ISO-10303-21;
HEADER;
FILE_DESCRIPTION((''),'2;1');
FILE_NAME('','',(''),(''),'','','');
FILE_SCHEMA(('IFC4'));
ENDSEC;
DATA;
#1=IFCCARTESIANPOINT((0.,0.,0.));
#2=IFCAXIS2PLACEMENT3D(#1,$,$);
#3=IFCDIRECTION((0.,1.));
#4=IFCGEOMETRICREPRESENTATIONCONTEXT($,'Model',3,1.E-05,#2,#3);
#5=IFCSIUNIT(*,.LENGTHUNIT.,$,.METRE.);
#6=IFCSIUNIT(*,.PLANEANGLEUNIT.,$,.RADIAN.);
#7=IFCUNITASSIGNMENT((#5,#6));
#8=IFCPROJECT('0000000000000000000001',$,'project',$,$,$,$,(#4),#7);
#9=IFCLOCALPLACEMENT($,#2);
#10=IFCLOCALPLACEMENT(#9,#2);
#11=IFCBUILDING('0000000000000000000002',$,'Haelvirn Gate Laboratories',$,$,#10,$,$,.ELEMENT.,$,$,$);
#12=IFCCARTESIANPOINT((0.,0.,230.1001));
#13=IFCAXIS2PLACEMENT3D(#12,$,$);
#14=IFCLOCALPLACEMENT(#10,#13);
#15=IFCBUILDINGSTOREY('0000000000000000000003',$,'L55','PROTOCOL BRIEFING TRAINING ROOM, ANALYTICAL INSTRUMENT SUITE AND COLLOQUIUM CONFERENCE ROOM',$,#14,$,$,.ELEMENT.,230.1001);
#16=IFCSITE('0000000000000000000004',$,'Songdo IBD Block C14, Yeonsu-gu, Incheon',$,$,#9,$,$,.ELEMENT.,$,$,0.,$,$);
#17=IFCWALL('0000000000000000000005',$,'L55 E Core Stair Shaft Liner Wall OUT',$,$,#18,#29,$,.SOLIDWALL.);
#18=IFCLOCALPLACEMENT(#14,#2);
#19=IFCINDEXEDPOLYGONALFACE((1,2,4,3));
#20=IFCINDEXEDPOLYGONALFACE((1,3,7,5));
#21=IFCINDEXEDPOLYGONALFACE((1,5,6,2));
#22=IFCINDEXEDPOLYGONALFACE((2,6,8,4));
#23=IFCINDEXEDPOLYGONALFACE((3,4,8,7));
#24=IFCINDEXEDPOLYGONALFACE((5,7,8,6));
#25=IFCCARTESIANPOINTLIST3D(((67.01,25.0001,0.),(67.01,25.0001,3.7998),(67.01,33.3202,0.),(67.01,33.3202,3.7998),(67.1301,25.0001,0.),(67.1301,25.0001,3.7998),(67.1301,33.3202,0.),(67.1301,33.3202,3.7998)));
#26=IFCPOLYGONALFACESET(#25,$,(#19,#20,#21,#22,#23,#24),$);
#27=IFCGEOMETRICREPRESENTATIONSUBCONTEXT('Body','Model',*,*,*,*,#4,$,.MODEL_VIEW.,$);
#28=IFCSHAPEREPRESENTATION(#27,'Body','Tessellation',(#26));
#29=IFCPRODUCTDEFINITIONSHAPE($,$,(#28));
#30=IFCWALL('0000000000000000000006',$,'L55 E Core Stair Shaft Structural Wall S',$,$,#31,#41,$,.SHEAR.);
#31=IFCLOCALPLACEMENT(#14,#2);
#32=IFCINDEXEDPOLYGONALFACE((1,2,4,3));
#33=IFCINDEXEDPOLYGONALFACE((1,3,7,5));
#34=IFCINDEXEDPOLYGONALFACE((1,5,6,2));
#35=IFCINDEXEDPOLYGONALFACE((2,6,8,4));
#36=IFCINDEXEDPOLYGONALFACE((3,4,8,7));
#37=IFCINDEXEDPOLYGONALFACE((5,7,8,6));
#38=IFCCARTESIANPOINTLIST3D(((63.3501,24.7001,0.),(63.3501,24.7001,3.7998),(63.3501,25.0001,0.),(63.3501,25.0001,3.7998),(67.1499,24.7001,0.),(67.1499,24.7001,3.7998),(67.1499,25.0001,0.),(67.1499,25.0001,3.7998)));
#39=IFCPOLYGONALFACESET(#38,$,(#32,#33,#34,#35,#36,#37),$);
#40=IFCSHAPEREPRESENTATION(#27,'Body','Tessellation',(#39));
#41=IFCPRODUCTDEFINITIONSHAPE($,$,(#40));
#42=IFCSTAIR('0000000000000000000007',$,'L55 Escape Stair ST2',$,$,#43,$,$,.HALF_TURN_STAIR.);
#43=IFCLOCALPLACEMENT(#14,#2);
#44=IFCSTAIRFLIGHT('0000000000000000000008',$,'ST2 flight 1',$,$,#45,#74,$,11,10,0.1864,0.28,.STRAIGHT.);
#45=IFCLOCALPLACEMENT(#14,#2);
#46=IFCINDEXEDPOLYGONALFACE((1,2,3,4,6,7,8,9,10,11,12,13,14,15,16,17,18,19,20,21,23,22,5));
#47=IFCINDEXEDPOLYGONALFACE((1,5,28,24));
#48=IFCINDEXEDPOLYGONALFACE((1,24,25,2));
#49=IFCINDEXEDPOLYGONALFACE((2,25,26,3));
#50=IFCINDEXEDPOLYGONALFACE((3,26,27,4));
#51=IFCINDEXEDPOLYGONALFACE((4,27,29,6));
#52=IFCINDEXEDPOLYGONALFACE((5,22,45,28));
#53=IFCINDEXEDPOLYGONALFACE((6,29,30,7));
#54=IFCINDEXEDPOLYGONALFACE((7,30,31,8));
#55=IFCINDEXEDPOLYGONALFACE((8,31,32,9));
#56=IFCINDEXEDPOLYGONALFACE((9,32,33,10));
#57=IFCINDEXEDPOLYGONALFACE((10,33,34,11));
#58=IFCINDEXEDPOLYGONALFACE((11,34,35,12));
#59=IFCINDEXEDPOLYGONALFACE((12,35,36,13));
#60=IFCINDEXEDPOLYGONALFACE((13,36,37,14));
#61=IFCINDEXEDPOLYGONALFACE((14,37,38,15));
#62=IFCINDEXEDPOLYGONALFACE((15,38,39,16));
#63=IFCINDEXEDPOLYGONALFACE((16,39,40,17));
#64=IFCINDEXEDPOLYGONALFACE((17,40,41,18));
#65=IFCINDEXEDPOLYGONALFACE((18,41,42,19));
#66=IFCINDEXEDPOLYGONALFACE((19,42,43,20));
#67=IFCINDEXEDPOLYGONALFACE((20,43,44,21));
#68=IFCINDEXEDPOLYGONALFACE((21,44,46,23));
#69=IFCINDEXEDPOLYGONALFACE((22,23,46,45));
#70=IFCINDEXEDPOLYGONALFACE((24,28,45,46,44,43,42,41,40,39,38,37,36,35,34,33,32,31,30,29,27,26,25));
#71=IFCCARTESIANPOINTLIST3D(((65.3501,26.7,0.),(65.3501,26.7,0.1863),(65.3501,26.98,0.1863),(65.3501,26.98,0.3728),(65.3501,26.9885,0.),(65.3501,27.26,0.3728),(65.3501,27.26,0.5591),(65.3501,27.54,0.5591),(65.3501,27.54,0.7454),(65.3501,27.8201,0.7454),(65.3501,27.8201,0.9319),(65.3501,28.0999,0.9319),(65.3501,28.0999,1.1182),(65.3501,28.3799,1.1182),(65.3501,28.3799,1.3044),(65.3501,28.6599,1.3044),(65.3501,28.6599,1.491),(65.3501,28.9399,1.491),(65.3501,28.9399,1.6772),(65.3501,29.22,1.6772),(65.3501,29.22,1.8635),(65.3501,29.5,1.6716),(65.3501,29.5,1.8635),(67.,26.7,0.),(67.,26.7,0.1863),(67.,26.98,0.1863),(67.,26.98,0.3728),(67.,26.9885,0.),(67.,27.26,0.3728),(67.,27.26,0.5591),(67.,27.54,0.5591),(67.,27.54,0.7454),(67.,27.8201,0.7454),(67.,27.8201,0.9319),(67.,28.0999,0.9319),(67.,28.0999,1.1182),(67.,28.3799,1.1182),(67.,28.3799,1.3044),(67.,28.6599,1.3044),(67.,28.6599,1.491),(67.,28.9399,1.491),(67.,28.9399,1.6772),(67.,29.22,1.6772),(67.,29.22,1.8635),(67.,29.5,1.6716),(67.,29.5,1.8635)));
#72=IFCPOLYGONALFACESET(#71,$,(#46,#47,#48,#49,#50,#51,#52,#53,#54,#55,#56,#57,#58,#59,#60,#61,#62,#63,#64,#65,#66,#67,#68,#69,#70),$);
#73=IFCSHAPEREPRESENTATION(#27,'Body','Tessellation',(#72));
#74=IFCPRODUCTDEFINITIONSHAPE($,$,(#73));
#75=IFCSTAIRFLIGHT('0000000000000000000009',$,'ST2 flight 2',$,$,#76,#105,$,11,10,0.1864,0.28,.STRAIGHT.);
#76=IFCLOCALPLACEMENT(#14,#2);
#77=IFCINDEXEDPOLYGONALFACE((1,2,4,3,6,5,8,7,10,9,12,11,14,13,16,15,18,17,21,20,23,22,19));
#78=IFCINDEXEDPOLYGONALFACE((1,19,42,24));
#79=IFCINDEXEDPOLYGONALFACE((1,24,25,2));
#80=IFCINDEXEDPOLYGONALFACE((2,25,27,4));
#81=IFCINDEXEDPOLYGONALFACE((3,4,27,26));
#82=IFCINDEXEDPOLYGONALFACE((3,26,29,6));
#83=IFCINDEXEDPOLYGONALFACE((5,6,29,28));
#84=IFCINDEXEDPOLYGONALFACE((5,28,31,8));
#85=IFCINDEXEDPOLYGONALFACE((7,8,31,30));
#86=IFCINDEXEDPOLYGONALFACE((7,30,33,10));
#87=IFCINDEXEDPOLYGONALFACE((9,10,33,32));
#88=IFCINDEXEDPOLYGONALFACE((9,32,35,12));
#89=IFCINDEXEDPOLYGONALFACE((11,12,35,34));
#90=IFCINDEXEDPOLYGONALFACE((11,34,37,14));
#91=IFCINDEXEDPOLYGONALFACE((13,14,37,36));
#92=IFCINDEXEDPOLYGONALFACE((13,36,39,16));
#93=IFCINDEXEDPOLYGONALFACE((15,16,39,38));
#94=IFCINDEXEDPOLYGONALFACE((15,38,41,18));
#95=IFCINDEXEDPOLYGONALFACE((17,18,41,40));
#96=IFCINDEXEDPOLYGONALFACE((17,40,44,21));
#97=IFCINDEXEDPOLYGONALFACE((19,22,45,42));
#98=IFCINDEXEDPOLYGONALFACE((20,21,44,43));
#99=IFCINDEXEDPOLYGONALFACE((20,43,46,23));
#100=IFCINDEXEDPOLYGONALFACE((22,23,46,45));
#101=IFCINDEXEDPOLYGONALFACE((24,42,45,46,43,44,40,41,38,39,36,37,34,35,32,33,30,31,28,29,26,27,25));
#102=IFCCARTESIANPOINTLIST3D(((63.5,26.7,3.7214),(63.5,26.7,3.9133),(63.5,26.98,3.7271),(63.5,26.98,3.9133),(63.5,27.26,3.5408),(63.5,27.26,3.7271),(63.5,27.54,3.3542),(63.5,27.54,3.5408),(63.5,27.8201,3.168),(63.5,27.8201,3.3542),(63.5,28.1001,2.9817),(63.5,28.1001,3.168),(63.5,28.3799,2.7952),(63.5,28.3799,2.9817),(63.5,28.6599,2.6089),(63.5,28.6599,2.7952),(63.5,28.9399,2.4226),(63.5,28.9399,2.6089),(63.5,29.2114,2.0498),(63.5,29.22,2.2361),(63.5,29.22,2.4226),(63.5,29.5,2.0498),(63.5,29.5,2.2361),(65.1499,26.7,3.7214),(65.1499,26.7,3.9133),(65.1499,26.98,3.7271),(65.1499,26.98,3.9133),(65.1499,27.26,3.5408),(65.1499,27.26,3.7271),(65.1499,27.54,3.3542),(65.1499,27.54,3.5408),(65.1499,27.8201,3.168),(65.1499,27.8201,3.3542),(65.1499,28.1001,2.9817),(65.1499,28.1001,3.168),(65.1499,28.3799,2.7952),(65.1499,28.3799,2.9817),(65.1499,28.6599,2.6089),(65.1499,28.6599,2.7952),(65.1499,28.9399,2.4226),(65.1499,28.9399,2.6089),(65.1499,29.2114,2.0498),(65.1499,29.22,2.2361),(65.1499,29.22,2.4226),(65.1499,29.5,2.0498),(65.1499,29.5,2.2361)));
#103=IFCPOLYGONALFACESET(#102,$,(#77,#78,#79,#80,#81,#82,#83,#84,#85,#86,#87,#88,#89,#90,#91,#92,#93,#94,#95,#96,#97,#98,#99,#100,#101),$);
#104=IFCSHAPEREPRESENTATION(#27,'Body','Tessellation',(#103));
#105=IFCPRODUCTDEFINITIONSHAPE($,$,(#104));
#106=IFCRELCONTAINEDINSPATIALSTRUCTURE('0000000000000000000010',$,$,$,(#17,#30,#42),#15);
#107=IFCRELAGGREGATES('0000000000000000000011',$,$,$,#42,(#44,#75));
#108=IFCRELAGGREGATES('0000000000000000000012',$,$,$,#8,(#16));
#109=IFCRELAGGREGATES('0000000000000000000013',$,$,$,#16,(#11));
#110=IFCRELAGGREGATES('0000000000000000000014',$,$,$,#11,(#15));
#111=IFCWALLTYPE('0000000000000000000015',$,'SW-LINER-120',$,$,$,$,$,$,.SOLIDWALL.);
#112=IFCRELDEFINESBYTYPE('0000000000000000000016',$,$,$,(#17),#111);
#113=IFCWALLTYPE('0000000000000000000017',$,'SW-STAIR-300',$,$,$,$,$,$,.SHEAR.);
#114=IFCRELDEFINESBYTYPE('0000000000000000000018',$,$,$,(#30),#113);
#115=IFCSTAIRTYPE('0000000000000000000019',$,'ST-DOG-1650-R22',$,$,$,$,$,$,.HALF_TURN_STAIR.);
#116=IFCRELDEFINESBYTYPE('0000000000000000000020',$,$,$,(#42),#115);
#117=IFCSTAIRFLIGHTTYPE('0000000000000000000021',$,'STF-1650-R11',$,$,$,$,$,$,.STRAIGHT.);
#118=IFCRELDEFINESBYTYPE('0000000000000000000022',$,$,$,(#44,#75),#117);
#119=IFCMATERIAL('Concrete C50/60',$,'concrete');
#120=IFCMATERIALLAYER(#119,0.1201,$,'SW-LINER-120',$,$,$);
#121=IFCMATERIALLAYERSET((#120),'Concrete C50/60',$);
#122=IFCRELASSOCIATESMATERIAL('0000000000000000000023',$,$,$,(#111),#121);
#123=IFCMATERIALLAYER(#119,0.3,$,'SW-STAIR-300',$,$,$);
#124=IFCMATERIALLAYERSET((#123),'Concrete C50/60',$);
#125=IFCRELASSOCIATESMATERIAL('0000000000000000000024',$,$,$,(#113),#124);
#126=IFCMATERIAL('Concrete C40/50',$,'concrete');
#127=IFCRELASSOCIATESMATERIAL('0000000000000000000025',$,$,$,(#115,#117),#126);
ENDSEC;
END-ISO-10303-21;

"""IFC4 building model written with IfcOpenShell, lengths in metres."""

from ifc_helpers import new_model, si_unit, direction, frame, frame_2d, origin, place, context, subcontext, project, spatial, polyline, rectangle, outline, extrude, source, transform, mapped, material, layer, layer_set, type_object, type_shapes, element, aggregate, save


model = new_model("IFC4")

# Units and contexts
model_context = context("Model", 3, precision=1e-05, world=origin(), true_north=direction((0.0, 1.0)))
body_context = subcontext(model_context, "Body", "Model", "MODEL_VIEW")
ifc_project = project(units=[si_unit("LENGTHUNIT", "METRE"), si_unit("PLANEANGLEUNIT", "RADIAN")], contexts=[model_context])

# Site, building, storey
site_placement = place(None, origin())
site = spatial("IfcSite", under=ifc_project, at=site_placement, Name="Songdo IBD Block C14, Yeonsu-gu, Incheon", CompositionType="ELEMENT", RefElevation=0.0)
building_placement = place(site_placement, origin())
building = spatial("IfcBuilding", under=site, at=building_placement, Name="Haelvirn Gate Laboratories", CompositionType="ELEMENT")
storey_placement = place(building_placement, frame((0.0, 0.0, 230.1001)))
storey = spatial("IfcBuildingStorey", under=building, at=storey_placement, Name="L55", Description="PROTOCOL BRIEFING TRAINING ROOM, ANALYTICAL INSTRUMENT SUITE AND COLLOQUIUM CONFERENCE ROOM", CompositionType="ELEMENT", Elevation=230.1001)

# Shared definitions
ifc_material_1 = material(Name="Concrete C40/50", Category="concrete")

# Walls
ifc_material_2 = material(Name="Concrete C50/60", Category="concrete")
ifc_layer_1 = layer(ifc_material_2, 0.1201, Name="SW-LINER-120")
ifc_layer_set_1 = layer_set([ifc_layer_1], Name="Concrete C50/60")
wall_type_1 = type_object("IfcWallType", Name="SW-LINER-120", PredefinedType="SOLIDWALL", material=ifc_layer_set_1)
wall_1_placement = place(storey_placement, frame((67.0701, 25.0, 0.0), z_axis=(0.0, 0.0, 1.0), x_axis=(0.0, 1.0, 0.0)))
element("IfcWall", 1, at=wall_1_placement, inside=storey, type_object=wall_type_1, Name="L55 E Core Stair Shaft Liner Wall OUT", PredefinedType="SOLIDWALL", context=body_context, shape_type="SweptSolid", body=[
    extrude(rectangle(XDim=8.3201, YDim=0.1201, at=frame_2d((4.1602, 0.0))), origin(), (0.0, 0.0, 1.0), 3.7998),
])
ifc_layer_2 = layer(ifc_material_2, 0.3, Name="SW-STAIR-300")
ifc_layer_set_2 = layer_set([ifc_layer_2], Name="Concrete C50/60")
wall_type_2 = type_object("IfcWallType", Name="SW-STAIR-300", PredefinedType="SHEAR", material=ifc_layer_set_2)
wall_2_placement = place(storey_placement, frame((63.3501, 24.8501, 0.0), z_axis=(0.0, 0.0, 1.0), x_axis=(1.0, 0.0, 0.0)))
element("IfcWall", 2, at=wall_2_placement, inside=storey, type_object=wall_type_2, Name="L55 E Core Stair Shaft Structural Wall S", PredefinedType="SHEAR", context=body_context, shape_type="SweptSolid", body=[
    extrude(rectangle(XDim=3.7998, YDim=0.3, at=frame_2d((1.8999, 0.0))), origin(), (0.0, 0.0, 1.0), 3.7998),
])

# Stair, stair flights
stair_type = type_object("IfcStairType", Name="ST-DOG-1650-R22", PredefinedType="HALF_TURN_STAIR", material=ifc_material_1)
stair_placement = place(storey_placement, origin())
stair = element("IfcStair", 3, at=stair_placement, inside=storey, type_object=stair_type, Name="L55 Escape Stair ST2", PredefinedType="HALF_TURN_STAIR")
stair_flight_type = type_object("IfcStairFlightType", Name="STF-1650-R11", PredefinedType="STRAIGHT", material=ifc_material_1)
shared_shape_1 = source(origin(), body_context, "Body", "SweptSolid", [
    extrude(outline(polyline([(0.0, 0.0), (0.0, 0.1863), (0.28, 0.1863), (0.28, 0.3728), (0.5601, 0.3728), (0.5601, 0.5591), (0.8401, 0.5591), (0.8401, 0.7454), (1.1201, 0.7454), (1.1201, 0.9319), (1.3999, 0.9319), (1.3999, 1.1182), (1.6799, 1.1182), (1.6799, 1.3044), (1.96, 1.3044), (1.96, 1.491), (2.24, 1.491), (2.24, 1.6772), (2.52, 1.6772), (2.52, 1.8635), (2.8, 1.8635), (2.8, 2.05), (2.8, 1.6716), (0.2886, 0.0), (0.0, 0.0)])), frame((0.0, 0.825, 0.0), z_axis=(0.0, -1.0, 0.0), x_axis=(1.0, 0.0, 0.0)), (0.0, 0.0, 1.0), 1.6499),
])
type_shapes(stair_flight_type, [shared_shape_1])
stair_flight_1_placement = place(storey_placement, frame((66.175, 26.7, 0.0), z_axis=(0.0, 0.0, 1.0), x_axis=(0.0, 1.0, 0.0)))
stair_flight_1 = element("IfcStairFlight", 4, at=stair_flight_1_placement, type_object=stair_flight_type, Name="ST2 flight 1", NumberOfRisers=11, NumberOfTreads=10, PredefinedType="STRAIGHT", RiserHeight=0.1864, TreadLength=0.28, context=body_context, shape_type="MappedRepresentation", body=[
    mapped(shared_shape_1, transform((0.0, 0.0, 0.0), scale=1.0)),
])
stair_flight_2_placement = place(storey_placement, frame((64.325, 29.5, 2.0498), z_axis=(0.0, 0.0, 1.0), x_axis=(0.0, -1.0, 0.0)))
stair_flight_2 = element("IfcStairFlight", 5, at=stair_flight_2_placement, type_object=stair_flight_type, Name="ST2 flight 2", NumberOfRisers=11, NumberOfTreads=10, PredefinedType="STRAIGHT", RiserHeight=0.1864, TreadLength=0.28, context=body_context, shape_type="MappedRepresentation", body=[
    mapped(shared_shape_1, transform((0.0, 0.0, 0.0), scale=1.0)),
])
aggregate(stair, [stair_flight_1, stair_flight_2])

save(model, "model.ifc")
